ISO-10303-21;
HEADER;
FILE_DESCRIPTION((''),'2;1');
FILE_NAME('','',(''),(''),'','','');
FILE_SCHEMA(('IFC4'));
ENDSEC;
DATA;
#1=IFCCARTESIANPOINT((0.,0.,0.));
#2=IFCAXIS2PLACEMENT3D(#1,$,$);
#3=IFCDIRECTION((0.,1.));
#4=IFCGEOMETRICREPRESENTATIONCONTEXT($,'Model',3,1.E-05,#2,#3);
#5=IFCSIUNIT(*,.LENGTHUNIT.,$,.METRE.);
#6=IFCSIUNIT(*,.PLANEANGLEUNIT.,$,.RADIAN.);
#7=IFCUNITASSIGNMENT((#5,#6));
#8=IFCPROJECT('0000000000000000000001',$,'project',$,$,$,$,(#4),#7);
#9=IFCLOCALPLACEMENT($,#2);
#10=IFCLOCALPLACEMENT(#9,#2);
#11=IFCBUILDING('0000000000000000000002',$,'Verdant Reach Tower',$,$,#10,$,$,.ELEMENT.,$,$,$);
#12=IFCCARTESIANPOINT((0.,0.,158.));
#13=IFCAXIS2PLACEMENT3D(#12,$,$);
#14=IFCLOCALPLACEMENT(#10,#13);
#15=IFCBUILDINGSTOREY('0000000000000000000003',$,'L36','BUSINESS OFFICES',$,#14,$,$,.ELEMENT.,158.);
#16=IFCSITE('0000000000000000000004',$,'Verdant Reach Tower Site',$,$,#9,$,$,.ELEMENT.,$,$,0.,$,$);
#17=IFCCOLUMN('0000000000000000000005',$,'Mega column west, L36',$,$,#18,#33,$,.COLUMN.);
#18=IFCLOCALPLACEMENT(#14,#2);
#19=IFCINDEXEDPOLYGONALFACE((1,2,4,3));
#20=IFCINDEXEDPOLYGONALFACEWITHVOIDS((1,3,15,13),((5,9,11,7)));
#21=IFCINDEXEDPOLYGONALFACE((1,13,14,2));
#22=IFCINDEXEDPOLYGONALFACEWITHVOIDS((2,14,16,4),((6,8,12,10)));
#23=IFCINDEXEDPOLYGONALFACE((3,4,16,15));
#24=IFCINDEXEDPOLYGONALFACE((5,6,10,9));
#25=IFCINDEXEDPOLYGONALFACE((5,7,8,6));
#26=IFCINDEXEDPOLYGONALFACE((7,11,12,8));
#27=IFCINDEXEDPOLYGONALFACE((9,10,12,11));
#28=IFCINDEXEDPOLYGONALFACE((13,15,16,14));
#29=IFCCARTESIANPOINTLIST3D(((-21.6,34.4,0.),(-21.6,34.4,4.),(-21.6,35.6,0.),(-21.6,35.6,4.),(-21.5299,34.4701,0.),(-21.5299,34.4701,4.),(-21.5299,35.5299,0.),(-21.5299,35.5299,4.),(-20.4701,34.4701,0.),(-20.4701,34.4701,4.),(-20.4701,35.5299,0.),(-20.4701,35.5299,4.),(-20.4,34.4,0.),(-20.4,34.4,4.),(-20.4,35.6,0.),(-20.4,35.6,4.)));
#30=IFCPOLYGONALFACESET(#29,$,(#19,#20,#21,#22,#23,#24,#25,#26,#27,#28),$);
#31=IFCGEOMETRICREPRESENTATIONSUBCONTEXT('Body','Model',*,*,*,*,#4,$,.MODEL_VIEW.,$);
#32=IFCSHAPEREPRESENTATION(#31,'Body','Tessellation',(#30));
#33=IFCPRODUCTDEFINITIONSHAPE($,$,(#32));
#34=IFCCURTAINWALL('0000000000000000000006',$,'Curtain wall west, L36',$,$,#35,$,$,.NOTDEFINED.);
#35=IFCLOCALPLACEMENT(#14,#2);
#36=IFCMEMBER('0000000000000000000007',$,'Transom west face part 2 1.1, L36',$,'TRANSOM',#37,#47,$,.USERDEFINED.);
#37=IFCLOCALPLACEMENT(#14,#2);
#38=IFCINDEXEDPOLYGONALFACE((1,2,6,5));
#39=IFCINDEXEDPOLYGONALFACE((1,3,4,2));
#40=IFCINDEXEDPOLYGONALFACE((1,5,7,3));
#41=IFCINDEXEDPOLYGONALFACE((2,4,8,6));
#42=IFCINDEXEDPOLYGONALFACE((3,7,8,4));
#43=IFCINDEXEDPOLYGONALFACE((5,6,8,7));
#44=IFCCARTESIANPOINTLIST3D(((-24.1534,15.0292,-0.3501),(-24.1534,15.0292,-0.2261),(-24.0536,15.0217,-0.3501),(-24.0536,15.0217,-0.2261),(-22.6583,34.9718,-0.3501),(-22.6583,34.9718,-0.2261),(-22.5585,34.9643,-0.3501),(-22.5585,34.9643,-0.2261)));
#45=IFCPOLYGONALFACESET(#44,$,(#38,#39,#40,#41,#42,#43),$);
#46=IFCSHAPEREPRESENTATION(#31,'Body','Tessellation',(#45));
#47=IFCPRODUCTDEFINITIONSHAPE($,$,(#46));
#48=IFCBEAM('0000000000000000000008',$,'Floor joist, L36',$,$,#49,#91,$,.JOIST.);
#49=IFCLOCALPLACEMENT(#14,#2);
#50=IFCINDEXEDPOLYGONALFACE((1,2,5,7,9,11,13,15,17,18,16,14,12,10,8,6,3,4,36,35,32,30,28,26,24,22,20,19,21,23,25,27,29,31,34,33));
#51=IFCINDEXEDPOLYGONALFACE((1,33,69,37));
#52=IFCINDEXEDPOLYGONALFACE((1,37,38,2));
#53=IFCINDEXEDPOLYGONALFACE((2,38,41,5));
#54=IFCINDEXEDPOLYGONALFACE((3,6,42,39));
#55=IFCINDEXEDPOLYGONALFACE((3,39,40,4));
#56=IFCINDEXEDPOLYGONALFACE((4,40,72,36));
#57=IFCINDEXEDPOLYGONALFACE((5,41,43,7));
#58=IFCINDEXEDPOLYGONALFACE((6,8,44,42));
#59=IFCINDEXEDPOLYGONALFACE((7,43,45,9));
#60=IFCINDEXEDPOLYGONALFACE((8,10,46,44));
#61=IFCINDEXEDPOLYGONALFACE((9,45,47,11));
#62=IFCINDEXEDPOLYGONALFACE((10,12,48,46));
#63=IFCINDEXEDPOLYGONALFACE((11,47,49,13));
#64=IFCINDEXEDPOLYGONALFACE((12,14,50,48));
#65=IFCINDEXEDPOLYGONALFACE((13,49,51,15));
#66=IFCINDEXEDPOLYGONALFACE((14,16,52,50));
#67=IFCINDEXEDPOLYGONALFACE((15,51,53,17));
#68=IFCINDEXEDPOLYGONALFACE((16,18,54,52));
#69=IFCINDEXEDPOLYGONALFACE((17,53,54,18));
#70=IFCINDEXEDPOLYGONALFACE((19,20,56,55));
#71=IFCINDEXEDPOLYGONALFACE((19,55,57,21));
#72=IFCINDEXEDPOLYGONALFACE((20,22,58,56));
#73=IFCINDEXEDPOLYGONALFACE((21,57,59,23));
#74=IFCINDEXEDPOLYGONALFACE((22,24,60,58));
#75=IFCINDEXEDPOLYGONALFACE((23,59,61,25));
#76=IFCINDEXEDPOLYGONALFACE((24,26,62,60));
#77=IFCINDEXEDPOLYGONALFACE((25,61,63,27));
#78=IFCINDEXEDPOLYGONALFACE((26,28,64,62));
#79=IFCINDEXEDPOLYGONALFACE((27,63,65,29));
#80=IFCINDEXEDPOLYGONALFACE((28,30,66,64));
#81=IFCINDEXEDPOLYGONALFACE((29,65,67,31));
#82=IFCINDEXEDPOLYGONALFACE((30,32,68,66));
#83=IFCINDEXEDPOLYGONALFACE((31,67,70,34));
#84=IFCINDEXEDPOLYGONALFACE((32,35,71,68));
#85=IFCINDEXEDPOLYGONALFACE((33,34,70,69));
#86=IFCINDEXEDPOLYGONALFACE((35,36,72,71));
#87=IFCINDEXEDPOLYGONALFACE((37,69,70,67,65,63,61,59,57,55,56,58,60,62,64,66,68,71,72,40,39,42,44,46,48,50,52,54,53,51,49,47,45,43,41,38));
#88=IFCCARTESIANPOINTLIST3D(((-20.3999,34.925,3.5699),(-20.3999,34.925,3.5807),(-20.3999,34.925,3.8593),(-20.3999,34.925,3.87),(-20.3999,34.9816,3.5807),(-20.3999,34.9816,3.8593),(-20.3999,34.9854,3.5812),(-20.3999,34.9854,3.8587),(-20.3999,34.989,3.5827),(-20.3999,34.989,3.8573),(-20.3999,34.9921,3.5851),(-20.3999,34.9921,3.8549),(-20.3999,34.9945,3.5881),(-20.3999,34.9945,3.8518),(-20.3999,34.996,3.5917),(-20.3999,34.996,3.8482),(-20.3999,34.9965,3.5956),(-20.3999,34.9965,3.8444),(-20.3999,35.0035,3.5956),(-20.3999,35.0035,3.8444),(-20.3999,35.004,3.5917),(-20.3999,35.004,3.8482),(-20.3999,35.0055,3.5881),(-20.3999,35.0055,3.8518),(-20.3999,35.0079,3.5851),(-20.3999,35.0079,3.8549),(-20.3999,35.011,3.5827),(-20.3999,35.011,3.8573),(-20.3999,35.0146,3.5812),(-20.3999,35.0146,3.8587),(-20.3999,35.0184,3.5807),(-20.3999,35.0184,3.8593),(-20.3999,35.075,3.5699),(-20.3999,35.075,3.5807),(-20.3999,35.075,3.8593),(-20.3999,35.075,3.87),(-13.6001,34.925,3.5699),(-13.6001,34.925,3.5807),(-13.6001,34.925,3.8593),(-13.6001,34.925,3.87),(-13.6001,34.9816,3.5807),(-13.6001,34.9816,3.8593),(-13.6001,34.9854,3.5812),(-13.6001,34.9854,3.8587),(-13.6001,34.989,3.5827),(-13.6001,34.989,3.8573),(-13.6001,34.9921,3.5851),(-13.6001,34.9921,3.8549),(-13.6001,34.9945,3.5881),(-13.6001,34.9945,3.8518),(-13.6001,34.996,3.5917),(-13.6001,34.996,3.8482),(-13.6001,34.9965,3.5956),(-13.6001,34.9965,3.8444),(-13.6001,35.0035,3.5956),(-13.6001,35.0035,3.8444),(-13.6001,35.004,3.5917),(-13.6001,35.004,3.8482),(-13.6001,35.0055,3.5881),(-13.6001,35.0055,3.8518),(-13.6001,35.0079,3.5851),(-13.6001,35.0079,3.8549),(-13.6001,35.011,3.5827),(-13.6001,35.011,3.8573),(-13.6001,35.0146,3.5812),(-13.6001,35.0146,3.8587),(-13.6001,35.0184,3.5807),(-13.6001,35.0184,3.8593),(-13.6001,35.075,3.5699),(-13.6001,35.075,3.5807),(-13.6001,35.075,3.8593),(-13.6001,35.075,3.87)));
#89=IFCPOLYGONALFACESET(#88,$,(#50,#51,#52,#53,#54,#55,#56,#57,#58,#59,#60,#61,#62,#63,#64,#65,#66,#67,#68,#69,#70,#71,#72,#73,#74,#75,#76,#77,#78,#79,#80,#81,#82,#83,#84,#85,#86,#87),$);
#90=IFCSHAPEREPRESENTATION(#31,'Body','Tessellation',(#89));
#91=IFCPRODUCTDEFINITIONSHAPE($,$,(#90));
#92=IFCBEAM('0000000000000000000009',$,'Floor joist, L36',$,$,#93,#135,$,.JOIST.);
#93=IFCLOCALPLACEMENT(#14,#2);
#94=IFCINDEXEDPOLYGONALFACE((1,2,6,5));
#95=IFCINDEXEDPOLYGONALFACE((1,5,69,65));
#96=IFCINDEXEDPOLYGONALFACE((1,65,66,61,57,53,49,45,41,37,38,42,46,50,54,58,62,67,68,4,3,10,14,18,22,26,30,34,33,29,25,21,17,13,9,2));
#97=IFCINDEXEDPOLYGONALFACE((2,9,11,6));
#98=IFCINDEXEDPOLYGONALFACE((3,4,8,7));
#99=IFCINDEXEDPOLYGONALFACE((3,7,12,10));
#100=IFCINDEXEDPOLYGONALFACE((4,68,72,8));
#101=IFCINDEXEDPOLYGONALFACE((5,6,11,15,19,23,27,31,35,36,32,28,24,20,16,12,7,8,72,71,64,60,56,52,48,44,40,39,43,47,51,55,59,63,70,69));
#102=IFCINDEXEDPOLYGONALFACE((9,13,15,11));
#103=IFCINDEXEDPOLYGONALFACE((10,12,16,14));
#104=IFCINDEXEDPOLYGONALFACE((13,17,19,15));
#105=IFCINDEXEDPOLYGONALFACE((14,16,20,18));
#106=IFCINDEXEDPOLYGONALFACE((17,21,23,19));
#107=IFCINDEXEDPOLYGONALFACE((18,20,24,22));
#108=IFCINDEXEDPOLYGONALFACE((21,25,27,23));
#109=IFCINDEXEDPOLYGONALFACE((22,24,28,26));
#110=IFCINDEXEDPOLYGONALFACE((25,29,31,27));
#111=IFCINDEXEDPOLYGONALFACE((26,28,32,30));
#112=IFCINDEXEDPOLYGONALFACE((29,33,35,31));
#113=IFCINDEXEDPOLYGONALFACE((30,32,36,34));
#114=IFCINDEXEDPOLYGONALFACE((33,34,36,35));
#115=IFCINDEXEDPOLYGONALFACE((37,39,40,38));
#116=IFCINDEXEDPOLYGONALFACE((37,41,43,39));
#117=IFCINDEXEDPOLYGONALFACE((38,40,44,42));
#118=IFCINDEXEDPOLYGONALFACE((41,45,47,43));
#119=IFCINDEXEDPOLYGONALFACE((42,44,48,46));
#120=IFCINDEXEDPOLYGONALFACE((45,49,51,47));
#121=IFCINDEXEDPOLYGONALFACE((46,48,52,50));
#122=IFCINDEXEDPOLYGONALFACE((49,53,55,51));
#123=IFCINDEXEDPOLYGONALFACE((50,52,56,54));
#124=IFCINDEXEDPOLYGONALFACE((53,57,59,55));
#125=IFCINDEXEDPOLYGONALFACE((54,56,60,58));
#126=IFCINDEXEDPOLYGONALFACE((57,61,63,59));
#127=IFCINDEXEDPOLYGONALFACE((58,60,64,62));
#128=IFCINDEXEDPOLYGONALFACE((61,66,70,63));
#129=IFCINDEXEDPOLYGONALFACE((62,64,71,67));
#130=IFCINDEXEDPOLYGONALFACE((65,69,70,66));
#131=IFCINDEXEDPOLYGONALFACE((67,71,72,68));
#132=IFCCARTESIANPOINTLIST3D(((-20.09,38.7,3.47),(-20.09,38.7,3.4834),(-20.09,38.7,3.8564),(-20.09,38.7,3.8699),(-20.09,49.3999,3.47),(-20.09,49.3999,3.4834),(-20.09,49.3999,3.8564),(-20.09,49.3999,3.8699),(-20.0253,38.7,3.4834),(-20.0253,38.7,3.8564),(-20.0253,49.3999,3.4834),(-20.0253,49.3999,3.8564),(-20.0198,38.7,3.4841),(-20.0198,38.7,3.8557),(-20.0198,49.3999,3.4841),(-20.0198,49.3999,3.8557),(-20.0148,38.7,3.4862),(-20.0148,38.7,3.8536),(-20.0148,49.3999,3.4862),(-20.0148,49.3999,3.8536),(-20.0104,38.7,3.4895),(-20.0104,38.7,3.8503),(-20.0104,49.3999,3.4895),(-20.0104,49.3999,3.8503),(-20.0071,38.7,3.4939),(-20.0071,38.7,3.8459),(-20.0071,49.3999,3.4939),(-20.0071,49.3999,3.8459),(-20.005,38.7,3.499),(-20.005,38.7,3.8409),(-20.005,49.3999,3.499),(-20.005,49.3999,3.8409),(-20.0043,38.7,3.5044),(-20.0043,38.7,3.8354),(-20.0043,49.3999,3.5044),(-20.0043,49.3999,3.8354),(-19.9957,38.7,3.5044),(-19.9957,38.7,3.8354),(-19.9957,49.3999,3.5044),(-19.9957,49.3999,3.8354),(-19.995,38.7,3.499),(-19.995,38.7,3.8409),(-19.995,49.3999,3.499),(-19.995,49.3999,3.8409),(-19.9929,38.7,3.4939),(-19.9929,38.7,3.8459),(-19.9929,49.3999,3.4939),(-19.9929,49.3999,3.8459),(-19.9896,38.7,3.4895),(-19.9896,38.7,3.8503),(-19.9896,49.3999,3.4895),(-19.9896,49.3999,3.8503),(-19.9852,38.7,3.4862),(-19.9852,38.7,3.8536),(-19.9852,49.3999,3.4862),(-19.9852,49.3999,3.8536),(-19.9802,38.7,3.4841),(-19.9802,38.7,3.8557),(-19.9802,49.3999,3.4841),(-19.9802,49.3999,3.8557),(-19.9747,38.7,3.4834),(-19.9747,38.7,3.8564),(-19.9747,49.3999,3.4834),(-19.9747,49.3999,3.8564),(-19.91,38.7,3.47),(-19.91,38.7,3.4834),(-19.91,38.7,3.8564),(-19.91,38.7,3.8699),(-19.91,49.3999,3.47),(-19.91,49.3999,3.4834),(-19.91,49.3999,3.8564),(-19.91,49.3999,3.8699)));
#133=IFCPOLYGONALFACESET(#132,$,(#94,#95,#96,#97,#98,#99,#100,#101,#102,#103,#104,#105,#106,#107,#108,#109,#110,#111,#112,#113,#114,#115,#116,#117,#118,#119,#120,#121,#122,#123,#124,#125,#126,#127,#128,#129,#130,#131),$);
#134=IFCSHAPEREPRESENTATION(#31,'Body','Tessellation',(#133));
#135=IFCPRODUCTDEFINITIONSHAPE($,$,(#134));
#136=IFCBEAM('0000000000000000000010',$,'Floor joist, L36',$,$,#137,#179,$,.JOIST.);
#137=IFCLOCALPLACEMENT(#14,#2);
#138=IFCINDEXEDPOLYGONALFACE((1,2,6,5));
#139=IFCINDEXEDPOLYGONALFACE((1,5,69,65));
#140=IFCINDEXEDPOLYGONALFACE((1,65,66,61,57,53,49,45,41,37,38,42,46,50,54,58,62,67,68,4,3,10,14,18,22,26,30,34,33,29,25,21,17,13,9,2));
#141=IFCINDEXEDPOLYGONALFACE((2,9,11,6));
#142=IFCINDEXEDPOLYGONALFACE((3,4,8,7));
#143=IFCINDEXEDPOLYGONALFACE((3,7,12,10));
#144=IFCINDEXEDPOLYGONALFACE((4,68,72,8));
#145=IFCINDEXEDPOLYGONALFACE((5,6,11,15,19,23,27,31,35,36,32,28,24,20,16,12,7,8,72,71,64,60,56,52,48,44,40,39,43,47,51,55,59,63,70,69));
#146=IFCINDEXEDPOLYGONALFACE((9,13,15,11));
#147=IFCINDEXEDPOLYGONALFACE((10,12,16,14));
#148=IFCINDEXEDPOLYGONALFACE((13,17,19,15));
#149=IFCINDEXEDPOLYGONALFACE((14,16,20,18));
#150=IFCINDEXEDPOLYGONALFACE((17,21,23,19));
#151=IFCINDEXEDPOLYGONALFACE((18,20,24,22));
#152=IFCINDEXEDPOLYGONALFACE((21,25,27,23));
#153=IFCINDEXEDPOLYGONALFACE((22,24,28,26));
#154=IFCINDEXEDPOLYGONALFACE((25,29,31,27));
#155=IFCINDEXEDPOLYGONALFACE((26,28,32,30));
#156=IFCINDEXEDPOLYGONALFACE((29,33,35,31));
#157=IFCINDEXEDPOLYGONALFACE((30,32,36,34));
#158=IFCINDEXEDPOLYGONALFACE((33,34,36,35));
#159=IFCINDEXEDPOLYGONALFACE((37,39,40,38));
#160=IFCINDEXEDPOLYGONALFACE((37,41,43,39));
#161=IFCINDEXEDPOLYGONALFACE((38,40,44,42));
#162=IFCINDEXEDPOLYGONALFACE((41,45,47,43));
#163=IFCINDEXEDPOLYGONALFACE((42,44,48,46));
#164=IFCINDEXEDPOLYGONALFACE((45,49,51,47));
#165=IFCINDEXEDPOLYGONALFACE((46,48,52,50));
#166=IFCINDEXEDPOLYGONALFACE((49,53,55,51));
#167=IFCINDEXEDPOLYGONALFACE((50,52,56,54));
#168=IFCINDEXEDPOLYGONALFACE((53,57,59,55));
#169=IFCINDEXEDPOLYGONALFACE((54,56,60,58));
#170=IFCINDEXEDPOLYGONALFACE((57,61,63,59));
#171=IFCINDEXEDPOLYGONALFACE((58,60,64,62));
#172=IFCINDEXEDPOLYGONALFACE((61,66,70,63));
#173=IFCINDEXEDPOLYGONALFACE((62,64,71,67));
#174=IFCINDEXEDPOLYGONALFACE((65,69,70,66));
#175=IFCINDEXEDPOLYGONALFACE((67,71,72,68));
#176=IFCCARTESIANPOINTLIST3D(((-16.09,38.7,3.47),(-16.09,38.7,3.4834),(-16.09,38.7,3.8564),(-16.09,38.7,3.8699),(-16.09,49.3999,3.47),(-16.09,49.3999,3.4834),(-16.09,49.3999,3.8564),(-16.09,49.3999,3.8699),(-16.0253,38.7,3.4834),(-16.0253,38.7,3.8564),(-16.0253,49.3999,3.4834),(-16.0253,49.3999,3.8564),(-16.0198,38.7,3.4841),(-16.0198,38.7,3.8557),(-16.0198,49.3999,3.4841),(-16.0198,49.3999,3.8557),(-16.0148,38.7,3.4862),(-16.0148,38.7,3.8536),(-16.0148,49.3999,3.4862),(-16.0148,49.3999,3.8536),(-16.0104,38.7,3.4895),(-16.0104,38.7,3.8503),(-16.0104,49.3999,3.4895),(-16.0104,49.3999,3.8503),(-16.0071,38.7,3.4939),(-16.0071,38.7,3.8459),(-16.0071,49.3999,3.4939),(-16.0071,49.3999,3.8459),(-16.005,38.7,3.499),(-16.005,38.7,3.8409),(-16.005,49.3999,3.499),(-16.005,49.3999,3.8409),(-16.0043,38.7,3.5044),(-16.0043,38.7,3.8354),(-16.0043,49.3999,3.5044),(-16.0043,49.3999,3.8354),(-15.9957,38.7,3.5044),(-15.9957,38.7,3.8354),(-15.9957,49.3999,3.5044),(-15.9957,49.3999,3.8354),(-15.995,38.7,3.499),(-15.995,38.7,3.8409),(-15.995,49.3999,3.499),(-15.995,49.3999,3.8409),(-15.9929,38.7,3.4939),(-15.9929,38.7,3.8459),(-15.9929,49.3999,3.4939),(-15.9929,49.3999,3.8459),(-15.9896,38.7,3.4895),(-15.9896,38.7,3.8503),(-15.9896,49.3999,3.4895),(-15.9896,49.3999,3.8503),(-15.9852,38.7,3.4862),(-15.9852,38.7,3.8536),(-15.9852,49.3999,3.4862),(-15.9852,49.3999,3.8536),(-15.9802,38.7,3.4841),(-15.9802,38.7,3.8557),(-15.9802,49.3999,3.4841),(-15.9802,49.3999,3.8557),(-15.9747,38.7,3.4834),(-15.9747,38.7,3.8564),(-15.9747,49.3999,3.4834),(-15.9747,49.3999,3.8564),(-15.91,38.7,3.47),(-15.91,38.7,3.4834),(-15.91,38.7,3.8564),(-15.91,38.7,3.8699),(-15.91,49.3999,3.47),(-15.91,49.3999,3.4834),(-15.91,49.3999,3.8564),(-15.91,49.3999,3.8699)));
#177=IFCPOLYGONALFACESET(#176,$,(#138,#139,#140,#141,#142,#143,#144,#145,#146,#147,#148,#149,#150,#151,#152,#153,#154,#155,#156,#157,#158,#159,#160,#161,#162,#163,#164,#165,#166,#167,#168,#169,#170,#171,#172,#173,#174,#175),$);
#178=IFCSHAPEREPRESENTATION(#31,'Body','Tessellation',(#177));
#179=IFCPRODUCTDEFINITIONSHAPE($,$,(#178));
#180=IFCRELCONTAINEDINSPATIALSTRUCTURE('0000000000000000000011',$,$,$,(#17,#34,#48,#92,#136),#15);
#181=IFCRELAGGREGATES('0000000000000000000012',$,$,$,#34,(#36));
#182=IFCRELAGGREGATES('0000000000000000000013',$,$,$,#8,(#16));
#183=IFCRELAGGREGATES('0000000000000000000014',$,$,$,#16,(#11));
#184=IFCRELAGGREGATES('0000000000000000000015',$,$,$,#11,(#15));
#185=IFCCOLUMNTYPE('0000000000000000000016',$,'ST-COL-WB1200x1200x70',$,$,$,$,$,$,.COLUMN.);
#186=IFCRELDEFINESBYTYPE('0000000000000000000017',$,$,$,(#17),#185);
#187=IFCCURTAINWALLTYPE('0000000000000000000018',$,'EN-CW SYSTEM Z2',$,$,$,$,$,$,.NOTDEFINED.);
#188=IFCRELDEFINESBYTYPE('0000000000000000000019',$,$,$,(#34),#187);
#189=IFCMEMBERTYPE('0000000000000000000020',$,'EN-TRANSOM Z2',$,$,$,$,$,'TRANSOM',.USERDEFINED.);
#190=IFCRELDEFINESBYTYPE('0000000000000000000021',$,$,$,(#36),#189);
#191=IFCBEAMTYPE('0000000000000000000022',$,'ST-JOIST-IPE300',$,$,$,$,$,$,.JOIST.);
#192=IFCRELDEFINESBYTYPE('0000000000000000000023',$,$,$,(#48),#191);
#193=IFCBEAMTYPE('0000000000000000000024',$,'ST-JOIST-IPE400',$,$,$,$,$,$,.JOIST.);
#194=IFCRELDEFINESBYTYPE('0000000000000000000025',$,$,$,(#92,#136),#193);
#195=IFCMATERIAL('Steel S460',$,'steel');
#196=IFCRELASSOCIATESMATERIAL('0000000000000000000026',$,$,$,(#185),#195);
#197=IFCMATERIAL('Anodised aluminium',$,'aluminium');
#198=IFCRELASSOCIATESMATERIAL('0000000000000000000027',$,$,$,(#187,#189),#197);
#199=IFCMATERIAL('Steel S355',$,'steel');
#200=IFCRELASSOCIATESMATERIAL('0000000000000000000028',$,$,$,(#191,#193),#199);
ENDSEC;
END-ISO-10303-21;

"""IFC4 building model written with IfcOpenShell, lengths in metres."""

from ifc_helpers import new_model, si_unit, direction, frame, origin, origin_2d, place, context, subcontext, project, spatial, rectangle, hollow_rectangle, i_section, extrude, material, material_profile, profile_set, type_object, element, aggregate, save


model = new_model("IFC4")

# Units and contexts
model_context = context("Model", 3, precision=1e-05, world=origin(), true_north=direction((0.0, 1.0)))
body_context = subcontext(model_context, "Body", "Model", "MODEL_VIEW")
ifc_project = project(units=[si_unit("LENGTHUNIT", "METRE"), si_unit("PLANEANGLEUNIT", "RADIAN")], contexts=[model_context])

# Site, building, storey
site_placement = place(None, origin())
site = spatial("IfcSite", under=ifc_project, at=site_placement, Name="Verdant Reach Tower Site", CompositionType="ELEMENT", RefElevation=0.0)
building_placement = place(site_placement, origin())
building = spatial("IfcBuilding", under=site, at=building_placement, Name="Verdant Reach Tower", CompositionType="ELEMENT")
storey_placement = place(building_placement, frame((0.0, 0.0, 158.0)))
storey = spatial("IfcBuildingStorey", under=building, at=storey_placement, Name="L36", Description="BUSINESS OFFICES", CompositionType="ELEMENT", Elevation=158.0)

# Column
ifc_material_1 = material(Name="Steel S460", Category="steel")
ifc_material_profile_1 = material_profile(ifc_material_1, hollow_rectangle(XDim=1.2, YDim=1.2, WallThickness=0.0701, at=origin_2d()), Name="WB 1200x1200x70")
ifc_profile_set_1 = profile_set([ifc_material_profile_1], Name="Steel S460")
column_type = type_object("IfcColumnType", Name="ST-COL-WB1200x1200x70", PredefinedType="COLUMN", material=ifc_profile_set_1)
column_placement = place(storey_placement, frame((-21.0, 35.0, 0.0), z_axis=(0.0, 0.0, 1.0), x_axis=(1.0, 0.0, 0.0)))
element("IfcColumn", 1, at=column_placement, inside=storey, type_object=column_type, Name="Mega column west, L36", PredefinedType="COLUMN", context=body_context, shape_type="SweptSolid", body=[
    extrude(hollow_rectangle(XDim=1.2, YDim=1.2, WallThickness=0.0701, at=origin_2d()), origin(), (0.0, 0.0, 1.0), 4.0),
])

# Curtain wall, member
ifc_material_2 = material(Name="Anodised aluminium", Category="aluminium")
curtain_wall_type = type_object("IfcCurtainWallType", Name="EN-CW SYSTEM Z2", PredefinedType="NOTDEFINED", material=ifc_material_2)
curtain_wall_placement = place(storey_placement, origin())
curtain_wall = element("IfcCurtainWall", 2, at=curtain_wall_placement, inside=storey, type_object=curtain_wall_type, Name="Curtain wall west, L36", PredefinedType="NOTDEFINED")
ifc_material_profile_2 = material_profile(ifc_material_2, rectangle(XDim=0.1001, YDim=0.124, at=origin_2d()), Name="Transom 124x100")
ifc_profile_set_2 = profile_set([ifc_material_profile_2], Name="Anodised aluminium")
member_type = type_object("IfcMemberType", Name="EN-TRANSOM Z2", ElementType="TRANSOM", PredefinedType="USERDEFINED", material=ifc_profile_set_2)
member_placement = place(storey_placement, frame((-22.6084, 34.968, -0.2881), z_axis=(-0.074761, -0.997201, 0.0), x_axis=(0.997201, -0.074761, 0.0)))
member = element("IfcMember", 3, at=member_placement, type_object=member_type, Name="Transom west face part 2 1.1, L36", ObjectType="TRANSOM", PredefinedType="USERDEFINED", context=body_context, shape_type="SweptSolid", body=[
    extrude(rectangle(XDim=0.1001, YDim=0.124, at=origin_2d()), origin(), (0.0, 0.0, 1.0), 19.9985),
])

# Beams
ifc_material_3 = material(Name="Steel S355", Category="steel")
ifc_material_profile_3 = material_profile(ifc_material_3, i_section(OverallWidth=0.1499, OverallDepth=0.3, WebThickness=0.0071, FlangeThickness=0.0107, FilletRadius=0.0149, at=origin_2d()), Name="IPE 300")
ifc_profile_set_3 = profile_set([ifc_material_profile_3], Name="Steel S355")
beam_type_1 = type_object("IfcBeamType", Name="ST-JOIST-IPE300", PredefinedType="JOIST", material=ifc_profile_set_3)
beam_1_placement = place(storey_placement, frame((-13.6001, 35.0, 3.72), z_axis=(-1.0, 0.0, 0.0), x_axis=(0.0, -1.0, 0.0)))
element("IfcBeam", 4, at=beam_1_placement, inside=storey, type_object=beam_type_1, Name="Floor joist, L36", PredefinedType="JOIST", context=body_context, shape_type="SweptSolid", body=[
    extrude(i_section(OverallWidth=0.1499, OverallDepth=0.3, WebThickness=0.0071, FlangeThickness=0.0107, FilletRadius=0.0149, at=origin_2d()), origin(), (0.0, 0.0, 1.0), 6.7998),
])
ifc_material_profile_4 = material_profile(ifc_material_3, i_section(OverallWidth=0.1799, OverallDepth=0.3999, WebThickness=0.0085, FlangeThickness=0.0134, FilletRadius=0.021, at=origin_2d()), Name="IPE 400")
ifc_profile_set_4 = profile_set([ifc_material_profile_4], Name="Steel S355")
beam_type_2 = type_object("IfcBeamType", Name="ST-JOIST-IPE400", PredefinedType="JOIST", material=ifc_profile_set_4)
for number, where, z_axis, x_axis, name in (
    (5, (-20.0, 38.7, 3.6699), (0.0, 1.0, 0.0), (-1.0, 0.0, 0.0), "Floor joist, L36"),
    (6, (-16.0, 38.7, 3.6699), (0.0, 1.0, 0.0), (-1.0, 0.0, 0.0), "Floor joist, L36"),
):
    element("IfcBeam", number, at=place(storey_placement, frame(where, z_axis=z_axis, x_axis=x_axis)), inside=storey, type_object=beam_type_2, Name=name, PredefinedType="JOIST", context=body_context, shape_type="SweptSolid", body=[
        extrude(i_section(OverallWidth=0.1799, OverallDepth=0.3999, WebThickness=0.0085, FlangeThickness=0.0134, FilletRadius=0.021, at=origin_2d()), origin(), (0.0, 0.0, 1.0), 10.7),
    ])

aggregate(curtain_wall, [member])

save(model, "model.ifc")
